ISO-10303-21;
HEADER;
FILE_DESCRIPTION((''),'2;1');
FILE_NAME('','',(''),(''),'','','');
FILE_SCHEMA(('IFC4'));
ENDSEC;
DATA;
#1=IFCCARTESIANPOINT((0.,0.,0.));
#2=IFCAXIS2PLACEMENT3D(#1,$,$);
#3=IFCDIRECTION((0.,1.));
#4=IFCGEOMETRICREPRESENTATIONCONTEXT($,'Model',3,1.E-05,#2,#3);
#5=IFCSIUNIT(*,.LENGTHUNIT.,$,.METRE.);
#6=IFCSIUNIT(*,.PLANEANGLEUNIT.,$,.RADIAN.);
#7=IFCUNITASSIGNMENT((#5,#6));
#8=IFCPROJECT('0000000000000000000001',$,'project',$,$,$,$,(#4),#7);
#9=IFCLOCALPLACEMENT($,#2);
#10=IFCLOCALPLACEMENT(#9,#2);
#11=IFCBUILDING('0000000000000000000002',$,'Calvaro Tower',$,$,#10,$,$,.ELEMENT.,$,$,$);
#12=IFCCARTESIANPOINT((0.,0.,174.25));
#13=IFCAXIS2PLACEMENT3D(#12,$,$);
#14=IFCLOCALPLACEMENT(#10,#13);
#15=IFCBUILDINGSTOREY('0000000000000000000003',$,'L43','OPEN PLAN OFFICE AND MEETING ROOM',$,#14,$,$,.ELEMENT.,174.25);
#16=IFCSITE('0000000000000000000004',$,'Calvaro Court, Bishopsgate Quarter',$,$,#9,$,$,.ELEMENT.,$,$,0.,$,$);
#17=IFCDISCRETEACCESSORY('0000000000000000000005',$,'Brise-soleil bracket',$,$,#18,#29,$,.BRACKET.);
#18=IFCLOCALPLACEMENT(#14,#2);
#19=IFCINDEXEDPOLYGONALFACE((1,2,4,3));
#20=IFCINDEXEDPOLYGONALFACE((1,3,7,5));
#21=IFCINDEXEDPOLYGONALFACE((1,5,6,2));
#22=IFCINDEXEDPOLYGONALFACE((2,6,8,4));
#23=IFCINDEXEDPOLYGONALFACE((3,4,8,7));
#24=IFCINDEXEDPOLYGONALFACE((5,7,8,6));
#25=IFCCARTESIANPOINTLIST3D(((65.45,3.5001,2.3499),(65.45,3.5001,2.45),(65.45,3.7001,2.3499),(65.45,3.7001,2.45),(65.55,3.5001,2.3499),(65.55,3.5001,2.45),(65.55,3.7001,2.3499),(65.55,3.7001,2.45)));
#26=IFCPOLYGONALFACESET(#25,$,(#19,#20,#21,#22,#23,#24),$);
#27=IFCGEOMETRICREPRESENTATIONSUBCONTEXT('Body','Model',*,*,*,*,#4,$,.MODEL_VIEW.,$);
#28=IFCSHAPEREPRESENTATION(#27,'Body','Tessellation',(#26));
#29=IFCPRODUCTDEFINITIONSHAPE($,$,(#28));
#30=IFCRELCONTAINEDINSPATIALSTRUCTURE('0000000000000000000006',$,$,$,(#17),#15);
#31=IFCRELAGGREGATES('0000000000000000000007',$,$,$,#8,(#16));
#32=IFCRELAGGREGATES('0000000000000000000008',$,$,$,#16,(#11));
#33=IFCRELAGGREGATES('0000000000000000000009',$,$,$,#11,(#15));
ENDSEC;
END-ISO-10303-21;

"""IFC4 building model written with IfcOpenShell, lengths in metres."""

from ifc_helpers import new_model, si_unit, direction, frame, origin, origin_2d, place, context, subcontext, project, spatial, rectangle, extrude, element, save


model = new_model("IFC4")

# Units and contexts
model_context = context("Model", 3, precision=1e-05, world=origin(), true_north=direction((0.0, 1.0)))
body_context = subcontext(model_context, "Body", "Model", "MODEL_VIEW")
ifc_project = project(units=[si_unit("LENGTHUNIT", "METRE"), si_unit("PLANEANGLEUNIT", "RADIAN")], contexts=[model_context])

# Site, building, storey
site_placement = place(None, origin())
site = spatial("IfcSite", under=ifc_project, at=site_placement, Name="Calvaro Court, Bishopsgate Quarter", CompositionType="ELEMENT", RefElevation=0.0)
building_placement = place(site_placement, origin())
building = spatial("IfcBuilding", under=site, at=building_placement, Name="Calvaro Tower", CompositionType="ELEMENT")
storey_placement = place(building_placement, frame((0.0, 0.0, 174.25)))
storey = spatial("IfcBuildingStorey", under=building, at=storey_placement, Name="L43", Description="OPEN PLAN OFFICE AND MEETING ROOM", CompositionType="ELEMENT", Elevation=174.25)

# Discrete accessory
for number, where, z_axis, x_axis, name in (
    (1, (65.5, 3.6001, 2.3499), (0.0, 0.0, 1.0), (1.0, 0.0, 0.0), "Brise-soleil bracket"),
):
    element("IfcDiscreteAccessory", number, at=place(storey_placement, frame(where, z_axis=z_axis, x_axis=x_axis)), inside=storey, Name=name, PredefinedType="BRACKET", context=body_context, shape_type="SweptSolid", body=[
        extrude(rectangle(XDim=0.1001, YDim=0.2, at=origin_2d()), origin(), (0.0, 0.0, 1.0), 0.1001),
    ])

save(model, "model.ifc")
